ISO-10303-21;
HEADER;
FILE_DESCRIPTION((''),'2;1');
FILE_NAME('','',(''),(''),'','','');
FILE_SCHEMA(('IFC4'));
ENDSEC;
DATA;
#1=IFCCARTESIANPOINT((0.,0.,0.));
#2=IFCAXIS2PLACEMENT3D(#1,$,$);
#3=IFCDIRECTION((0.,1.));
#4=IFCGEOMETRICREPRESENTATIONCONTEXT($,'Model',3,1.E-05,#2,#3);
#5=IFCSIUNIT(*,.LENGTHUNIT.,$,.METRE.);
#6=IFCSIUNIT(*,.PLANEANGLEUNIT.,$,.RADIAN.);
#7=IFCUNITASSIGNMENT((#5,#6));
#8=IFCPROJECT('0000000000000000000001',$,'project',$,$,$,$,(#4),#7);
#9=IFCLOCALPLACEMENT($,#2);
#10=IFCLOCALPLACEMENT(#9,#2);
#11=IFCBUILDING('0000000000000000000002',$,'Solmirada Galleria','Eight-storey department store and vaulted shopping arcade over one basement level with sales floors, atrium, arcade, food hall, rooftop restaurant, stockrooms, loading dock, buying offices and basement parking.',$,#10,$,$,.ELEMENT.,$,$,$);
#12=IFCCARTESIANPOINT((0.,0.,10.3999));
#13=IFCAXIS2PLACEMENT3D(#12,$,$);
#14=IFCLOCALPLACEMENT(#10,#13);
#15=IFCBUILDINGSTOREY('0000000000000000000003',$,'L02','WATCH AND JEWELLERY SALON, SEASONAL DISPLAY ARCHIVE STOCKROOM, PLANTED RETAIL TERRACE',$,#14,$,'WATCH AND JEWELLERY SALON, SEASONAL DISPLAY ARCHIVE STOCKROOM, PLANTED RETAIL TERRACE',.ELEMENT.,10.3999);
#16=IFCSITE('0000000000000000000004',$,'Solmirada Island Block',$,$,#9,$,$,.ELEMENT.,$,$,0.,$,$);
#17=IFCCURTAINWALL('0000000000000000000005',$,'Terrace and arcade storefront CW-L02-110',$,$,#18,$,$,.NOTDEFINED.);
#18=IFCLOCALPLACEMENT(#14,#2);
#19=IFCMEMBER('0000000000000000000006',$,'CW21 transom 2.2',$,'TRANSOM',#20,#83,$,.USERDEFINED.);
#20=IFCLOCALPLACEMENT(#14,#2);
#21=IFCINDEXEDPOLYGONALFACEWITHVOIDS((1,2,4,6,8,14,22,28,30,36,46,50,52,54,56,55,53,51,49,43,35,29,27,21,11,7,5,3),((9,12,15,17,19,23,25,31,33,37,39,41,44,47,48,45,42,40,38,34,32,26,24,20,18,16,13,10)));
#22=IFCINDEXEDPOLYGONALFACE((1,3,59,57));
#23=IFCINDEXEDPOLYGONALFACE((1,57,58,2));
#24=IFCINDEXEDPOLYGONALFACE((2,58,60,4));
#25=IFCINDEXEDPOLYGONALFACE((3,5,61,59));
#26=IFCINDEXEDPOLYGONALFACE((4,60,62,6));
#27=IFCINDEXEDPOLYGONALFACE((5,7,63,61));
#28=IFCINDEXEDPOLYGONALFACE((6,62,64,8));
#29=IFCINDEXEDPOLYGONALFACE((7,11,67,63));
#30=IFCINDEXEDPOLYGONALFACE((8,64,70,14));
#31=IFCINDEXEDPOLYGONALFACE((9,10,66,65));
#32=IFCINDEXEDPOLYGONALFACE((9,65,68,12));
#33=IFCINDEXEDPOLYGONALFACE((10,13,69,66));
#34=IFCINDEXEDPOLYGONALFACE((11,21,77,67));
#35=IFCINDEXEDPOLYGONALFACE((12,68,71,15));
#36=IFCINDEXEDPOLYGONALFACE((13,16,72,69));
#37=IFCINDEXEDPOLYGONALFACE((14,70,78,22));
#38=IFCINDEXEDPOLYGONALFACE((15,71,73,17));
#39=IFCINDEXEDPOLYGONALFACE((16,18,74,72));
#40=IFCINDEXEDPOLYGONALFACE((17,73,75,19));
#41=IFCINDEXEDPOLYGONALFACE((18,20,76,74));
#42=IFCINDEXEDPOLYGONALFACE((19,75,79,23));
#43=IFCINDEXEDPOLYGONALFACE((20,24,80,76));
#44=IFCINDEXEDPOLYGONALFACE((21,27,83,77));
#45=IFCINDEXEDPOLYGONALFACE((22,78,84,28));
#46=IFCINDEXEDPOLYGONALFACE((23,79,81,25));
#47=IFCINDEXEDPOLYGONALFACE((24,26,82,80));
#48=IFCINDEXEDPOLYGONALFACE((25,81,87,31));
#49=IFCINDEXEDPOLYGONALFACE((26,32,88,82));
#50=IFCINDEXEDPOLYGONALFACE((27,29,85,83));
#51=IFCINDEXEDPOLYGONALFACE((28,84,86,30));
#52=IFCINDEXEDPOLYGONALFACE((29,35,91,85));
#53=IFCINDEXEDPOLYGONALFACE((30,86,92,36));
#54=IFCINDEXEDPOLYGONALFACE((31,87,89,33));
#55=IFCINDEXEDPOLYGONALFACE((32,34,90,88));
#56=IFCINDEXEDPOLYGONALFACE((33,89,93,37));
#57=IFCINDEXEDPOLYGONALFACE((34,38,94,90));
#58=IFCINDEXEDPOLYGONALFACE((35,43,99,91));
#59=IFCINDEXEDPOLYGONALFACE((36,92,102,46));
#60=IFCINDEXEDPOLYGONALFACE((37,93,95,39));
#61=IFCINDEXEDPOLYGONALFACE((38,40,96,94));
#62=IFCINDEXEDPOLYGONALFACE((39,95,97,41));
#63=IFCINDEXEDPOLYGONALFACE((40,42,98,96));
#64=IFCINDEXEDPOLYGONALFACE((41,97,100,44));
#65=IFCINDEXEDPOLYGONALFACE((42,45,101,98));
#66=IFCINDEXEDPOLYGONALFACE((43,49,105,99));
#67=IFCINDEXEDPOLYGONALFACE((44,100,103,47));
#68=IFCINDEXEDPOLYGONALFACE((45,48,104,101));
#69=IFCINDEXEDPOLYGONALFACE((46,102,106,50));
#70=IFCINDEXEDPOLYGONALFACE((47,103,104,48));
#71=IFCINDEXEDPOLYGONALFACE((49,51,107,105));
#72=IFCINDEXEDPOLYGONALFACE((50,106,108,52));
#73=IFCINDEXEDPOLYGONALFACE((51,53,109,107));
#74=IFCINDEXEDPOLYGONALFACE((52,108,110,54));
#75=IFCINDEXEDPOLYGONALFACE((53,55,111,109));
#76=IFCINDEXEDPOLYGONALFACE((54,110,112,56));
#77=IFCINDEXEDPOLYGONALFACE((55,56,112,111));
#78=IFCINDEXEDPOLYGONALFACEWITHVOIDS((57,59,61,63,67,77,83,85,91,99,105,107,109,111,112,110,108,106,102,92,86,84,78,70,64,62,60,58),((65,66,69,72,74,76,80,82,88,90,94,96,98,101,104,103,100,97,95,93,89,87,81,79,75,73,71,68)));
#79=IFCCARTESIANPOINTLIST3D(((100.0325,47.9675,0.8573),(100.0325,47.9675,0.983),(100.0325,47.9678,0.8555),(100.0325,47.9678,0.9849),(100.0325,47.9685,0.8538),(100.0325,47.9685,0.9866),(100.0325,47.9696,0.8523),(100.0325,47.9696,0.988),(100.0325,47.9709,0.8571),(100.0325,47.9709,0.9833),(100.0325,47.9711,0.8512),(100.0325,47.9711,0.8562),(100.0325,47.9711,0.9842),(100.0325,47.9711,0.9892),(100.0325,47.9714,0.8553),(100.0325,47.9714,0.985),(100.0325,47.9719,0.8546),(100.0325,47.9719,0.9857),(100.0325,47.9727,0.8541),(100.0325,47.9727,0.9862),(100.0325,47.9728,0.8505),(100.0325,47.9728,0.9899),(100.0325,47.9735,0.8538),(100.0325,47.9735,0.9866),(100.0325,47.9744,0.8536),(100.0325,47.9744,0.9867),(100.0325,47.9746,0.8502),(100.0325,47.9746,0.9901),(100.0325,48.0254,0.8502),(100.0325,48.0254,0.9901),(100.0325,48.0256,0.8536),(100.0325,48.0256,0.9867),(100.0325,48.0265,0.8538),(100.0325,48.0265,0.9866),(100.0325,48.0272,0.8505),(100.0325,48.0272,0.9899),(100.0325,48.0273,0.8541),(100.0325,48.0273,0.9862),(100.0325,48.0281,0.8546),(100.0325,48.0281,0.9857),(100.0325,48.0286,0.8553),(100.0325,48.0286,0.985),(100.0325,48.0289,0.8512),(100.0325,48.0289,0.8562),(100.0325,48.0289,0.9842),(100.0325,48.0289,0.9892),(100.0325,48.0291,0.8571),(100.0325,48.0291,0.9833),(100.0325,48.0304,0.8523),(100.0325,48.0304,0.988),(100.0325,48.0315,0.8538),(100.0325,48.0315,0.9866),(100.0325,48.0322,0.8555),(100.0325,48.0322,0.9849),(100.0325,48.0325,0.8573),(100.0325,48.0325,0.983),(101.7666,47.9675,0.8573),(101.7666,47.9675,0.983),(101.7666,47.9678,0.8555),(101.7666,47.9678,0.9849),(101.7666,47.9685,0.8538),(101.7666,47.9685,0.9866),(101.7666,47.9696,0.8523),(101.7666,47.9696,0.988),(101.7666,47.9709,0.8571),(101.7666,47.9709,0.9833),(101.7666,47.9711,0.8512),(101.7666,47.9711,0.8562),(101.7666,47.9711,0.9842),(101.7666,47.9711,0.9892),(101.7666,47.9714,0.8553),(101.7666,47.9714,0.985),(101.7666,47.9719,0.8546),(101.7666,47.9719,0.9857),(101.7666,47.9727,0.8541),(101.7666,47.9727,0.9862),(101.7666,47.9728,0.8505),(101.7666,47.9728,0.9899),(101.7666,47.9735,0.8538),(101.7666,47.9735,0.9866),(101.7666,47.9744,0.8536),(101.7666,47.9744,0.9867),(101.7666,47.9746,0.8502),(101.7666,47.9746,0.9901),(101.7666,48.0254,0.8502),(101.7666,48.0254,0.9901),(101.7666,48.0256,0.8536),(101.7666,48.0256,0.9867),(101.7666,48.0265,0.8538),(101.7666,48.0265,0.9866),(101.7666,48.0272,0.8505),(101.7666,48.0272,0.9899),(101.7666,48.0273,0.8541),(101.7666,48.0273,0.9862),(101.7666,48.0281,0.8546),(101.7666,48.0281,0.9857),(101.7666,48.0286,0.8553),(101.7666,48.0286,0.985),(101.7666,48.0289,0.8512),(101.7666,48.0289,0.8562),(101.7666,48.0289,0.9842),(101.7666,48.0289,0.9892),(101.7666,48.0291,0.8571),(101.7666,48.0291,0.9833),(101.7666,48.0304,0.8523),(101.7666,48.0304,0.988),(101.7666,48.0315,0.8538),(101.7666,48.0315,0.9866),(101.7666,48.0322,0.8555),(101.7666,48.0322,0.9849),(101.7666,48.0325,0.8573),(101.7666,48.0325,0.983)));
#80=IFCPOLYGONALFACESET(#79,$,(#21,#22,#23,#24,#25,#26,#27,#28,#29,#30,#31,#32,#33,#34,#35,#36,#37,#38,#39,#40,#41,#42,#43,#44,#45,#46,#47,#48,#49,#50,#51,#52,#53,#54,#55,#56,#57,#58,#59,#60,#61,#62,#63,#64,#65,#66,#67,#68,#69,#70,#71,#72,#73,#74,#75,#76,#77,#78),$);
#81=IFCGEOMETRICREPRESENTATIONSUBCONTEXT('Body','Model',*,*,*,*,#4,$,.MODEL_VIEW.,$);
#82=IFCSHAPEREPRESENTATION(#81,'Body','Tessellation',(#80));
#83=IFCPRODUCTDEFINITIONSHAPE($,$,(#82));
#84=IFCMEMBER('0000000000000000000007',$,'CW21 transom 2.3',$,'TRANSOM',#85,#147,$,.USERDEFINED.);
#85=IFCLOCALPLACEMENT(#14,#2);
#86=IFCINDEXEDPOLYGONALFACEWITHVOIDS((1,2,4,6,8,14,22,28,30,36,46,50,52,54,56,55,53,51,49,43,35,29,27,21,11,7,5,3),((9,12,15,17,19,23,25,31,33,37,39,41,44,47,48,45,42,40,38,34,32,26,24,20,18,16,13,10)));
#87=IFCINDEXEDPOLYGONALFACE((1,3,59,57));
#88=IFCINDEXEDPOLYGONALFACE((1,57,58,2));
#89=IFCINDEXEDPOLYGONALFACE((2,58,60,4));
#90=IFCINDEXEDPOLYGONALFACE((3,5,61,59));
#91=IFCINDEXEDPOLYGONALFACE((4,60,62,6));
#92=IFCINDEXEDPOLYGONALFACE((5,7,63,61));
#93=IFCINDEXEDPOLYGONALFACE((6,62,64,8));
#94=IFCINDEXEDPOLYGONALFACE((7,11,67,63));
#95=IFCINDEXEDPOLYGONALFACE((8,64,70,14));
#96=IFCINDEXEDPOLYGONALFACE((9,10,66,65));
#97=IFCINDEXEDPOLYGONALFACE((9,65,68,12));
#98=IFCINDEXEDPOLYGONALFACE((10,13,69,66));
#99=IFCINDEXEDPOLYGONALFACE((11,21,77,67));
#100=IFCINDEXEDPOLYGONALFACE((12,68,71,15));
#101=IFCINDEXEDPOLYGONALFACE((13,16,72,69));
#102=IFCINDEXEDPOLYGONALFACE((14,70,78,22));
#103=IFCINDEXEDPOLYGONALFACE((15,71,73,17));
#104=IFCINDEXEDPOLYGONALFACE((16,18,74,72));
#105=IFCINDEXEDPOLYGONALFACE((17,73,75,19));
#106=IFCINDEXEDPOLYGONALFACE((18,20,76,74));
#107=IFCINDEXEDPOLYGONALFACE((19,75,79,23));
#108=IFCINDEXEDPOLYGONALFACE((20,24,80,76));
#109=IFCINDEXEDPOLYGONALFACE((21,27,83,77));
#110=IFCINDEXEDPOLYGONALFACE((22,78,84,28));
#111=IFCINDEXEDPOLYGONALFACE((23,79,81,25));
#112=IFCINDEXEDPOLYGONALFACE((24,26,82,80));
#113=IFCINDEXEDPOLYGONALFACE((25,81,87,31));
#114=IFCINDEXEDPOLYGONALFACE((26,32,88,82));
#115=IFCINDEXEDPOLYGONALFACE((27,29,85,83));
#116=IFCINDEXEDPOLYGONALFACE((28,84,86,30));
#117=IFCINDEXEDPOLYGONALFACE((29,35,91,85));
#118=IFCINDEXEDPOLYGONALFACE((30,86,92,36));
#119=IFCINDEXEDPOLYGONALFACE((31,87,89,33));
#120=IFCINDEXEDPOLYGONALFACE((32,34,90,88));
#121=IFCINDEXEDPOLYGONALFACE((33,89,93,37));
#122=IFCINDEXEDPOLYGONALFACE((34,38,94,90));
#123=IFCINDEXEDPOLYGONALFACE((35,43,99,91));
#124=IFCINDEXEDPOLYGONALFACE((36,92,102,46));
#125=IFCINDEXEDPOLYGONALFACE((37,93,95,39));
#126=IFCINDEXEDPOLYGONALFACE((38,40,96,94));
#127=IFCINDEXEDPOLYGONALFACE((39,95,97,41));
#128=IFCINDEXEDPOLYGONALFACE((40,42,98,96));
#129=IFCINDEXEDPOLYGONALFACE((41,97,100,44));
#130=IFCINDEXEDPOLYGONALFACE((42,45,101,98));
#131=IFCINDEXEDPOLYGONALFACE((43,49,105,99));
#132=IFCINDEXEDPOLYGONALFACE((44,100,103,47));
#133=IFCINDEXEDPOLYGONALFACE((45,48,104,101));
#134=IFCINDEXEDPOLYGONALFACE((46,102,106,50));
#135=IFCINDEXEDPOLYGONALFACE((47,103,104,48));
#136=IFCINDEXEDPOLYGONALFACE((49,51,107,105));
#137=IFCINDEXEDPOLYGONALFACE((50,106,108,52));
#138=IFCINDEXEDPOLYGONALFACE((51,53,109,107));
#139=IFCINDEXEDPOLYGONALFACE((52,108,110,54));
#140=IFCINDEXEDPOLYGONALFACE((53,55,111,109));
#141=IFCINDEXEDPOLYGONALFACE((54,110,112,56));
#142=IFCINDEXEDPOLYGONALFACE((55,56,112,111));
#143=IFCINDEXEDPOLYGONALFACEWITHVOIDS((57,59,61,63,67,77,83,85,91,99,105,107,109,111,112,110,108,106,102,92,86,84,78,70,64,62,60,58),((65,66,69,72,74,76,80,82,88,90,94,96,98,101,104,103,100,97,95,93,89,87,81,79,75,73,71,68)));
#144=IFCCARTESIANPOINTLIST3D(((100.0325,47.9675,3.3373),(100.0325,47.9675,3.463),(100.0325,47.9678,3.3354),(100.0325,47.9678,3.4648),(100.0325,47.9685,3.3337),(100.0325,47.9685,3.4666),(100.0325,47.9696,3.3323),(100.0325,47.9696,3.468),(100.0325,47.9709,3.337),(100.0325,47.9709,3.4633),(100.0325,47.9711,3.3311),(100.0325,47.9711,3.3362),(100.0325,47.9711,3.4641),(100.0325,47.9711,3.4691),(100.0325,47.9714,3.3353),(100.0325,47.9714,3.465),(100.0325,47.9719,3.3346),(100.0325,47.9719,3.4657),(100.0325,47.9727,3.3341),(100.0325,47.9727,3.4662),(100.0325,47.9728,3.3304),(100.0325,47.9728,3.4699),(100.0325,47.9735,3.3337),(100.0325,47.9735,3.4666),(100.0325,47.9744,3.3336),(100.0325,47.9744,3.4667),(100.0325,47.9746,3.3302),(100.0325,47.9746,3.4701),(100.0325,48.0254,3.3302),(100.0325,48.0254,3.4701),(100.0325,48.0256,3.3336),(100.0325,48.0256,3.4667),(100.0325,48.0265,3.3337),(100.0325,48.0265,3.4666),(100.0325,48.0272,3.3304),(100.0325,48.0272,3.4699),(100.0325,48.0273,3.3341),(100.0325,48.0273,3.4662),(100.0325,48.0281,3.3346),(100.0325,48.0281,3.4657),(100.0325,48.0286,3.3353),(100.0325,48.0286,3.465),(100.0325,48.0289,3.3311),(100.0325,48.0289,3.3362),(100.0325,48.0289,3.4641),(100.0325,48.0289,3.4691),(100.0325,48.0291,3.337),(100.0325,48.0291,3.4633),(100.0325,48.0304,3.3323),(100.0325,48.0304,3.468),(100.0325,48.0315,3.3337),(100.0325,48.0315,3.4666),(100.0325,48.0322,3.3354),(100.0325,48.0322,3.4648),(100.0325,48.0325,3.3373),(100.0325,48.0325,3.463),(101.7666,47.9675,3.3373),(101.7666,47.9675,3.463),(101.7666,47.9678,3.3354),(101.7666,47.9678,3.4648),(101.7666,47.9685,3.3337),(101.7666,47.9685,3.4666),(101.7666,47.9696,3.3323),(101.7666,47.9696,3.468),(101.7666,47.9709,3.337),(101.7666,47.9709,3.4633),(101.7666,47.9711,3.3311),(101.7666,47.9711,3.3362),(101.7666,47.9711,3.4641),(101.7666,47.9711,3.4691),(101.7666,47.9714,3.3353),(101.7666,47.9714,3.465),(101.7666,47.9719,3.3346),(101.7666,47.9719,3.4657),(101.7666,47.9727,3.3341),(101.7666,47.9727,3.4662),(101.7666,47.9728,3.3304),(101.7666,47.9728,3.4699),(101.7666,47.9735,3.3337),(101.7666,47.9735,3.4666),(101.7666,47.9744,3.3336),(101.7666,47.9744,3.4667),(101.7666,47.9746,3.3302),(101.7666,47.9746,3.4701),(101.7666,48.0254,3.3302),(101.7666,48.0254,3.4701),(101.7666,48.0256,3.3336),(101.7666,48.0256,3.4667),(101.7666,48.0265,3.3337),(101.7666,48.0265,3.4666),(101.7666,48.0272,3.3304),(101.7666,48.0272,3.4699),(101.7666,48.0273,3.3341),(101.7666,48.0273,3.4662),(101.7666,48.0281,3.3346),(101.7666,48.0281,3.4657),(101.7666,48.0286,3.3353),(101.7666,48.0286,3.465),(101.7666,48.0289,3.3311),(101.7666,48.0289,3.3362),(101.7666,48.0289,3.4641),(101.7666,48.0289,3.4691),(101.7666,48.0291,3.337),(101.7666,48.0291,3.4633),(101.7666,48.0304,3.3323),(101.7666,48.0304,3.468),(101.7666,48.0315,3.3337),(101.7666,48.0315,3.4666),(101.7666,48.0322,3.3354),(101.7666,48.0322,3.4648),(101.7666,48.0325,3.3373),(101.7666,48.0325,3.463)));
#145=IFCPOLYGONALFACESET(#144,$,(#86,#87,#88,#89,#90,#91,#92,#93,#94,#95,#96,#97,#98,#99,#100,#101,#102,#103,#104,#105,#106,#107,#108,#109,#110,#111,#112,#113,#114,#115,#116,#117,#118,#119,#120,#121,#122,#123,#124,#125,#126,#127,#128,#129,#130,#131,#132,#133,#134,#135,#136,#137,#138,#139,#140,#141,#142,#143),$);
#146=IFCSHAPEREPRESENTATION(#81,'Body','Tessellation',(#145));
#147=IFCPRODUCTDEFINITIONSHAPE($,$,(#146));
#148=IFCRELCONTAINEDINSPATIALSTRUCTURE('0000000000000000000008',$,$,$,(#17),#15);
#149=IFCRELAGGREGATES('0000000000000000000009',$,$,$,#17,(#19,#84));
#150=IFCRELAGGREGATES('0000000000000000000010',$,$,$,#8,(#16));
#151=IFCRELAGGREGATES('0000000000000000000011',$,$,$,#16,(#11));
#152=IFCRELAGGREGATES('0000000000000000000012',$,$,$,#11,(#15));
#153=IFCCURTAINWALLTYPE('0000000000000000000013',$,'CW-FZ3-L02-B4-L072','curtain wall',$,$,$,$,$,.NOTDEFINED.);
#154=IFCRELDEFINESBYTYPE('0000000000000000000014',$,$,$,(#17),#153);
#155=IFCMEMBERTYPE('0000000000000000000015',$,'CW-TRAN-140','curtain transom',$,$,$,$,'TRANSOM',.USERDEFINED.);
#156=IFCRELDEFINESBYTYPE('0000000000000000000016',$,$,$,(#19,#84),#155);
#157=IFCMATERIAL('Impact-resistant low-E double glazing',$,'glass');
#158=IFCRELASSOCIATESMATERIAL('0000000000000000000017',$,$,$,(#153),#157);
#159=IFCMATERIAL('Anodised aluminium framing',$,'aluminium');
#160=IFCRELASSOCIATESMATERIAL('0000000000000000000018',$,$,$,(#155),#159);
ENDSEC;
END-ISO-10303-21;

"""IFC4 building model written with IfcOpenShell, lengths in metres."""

from ifc_helpers import new_model, si_unit, direction, frame, origin, origin_2d, place, context, subcontext, project, spatial, hollow_rectangle, extrude, material, material_profile, profile_set, type_object, element, aggregate, save


model = new_model("IFC4")

# Units and contexts
model_context = context("Model", 3, precision=1e-05, world=origin(), true_north=direction((0.0, 1.0)))
body_context = subcontext(model_context, "Body", "Model", "MODEL_VIEW")
ifc_project = project(units=[si_unit("LENGTHUNIT", "METRE"), si_unit("PLANEANGLEUNIT", "RADIAN")], contexts=[model_context])

# Site, building, storey
site_placement = place(None, origin())
site = spatial("IfcSite", under=ifc_project, at=site_placement, Name="Solmirada Island Block", CompositionType="ELEMENT", RefElevation=0.0)
building_placement = place(site_placement, origin())
building = spatial("IfcBuilding", under=site, at=building_placement, Name="Solmirada Galleria", Description="Eight-storey department store and vaulted shopping arcade over one basement level with sales floors, atrium, arcade, food hall, rooftop restaurant, stockrooms, loading dock, buying offices and basement parking.", CompositionType="ELEMENT")
storey_placement = place(building_placement, frame((0.0, 0.0, 10.3999)))
storey = spatial("IfcBuildingStorey", under=building, at=storey_placement, Name="L02", Description="WATCH AND JEWELLERY SALON, SEASONAL DISPLAY ARCHIVE STOCKROOM, PLANTED RETAIL TERRACE", LongName="WATCH AND JEWELLERY SALON, SEASONAL DISPLAY ARCHIVE STOCKROOM, PLANTED RETAIL TERRACE", CompositionType="ELEMENT", Elevation=10.3999)

# Curtain wall
ifc_material_1 = material(Name="Impact-resistant low-E double glazing", Category="glass")
curtain_wall_type = type_object("IfcCurtainWallType", Name="CW-FZ3-L02-B4-L072", Description="curtain wall", PredefinedType="NOTDEFINED", material=ifc_material_1)
ifc_material_2 = material(Name="Anodised aluminium framing", Category="aluminium")
curtain_wall_1_placement = place(storey_placement, origin())
curtain_wall_1 = element("IfcCurtainWall", 1, at=curtain_wall_1_placement, inside=storey, type_object=curtain_wall_type, Name="Terrace and arcade storefront CW-L02-110", PredefinedType="NOTDEFINED")

# Members
ifc_material_profile_1 = material_profile(ifc_material_2, hollow_rectangle(XDim=0.0649, YDim=0.1399, WallThickness=0.0034, InnerFilletRadius=0.0034, OuterFilletRadius=0.0071, at=origin_2d()), Name="ALU-TRAN-140X65")
ifc_profile_set_1 = profile_set([ifc_material_profile_1], Name="Anodised aluminium framing")
member_type_1 = type_object("IfcMemberType", Name="CW-TRAN-140", Description="curtain transom", ElementType="TRANSOM", PredefinedType="USERDEFINED", material=ifc_profile_set_1)
member_1_placement = place(storey_placement, frame((101.7666, 48.0, 0.9202), z_axis=(-1.0, 0.0, 0.0), x_axis=(0.0, -1.0, 0.0)))
member_1 = element("IfcMember", 2, at=member_1_placement, type_object=member_type_1, Name="CW21 transom 2.2", ObjectType="TRANSOM", PredefinedType="USERDEFINED", context=body_context, shape_type="SweptSolid", body=[
    extrude(hollow_rectangle(XDim=0.0649, YDim=0.1399, WallThickness=0.0034, InnerFilletRadius=0.0034, OuterFilletRadius=0.0071, at=origin_2d()), origin(), (0.0, 0.0, 1.0), 1.7341),
])
member_2_placement = place(storey_placement, frame((101.7666, 48.0, 3.4001), z_axis=(-1.0, 0.0, 0.0), x_axis=(0.0, -1.0, 0.0)))
member_2 = element("IfcMember", 3, at=member_2_placement, type_object=member_type_1, Name="CW21 transom 2.3", ObjectType="TRANSOM", PredefinedType="USERDEFINED", context=body_context, shape_type="SweptSolid", body=[
    extrude(hollow_rectangle(XDim=0.0649, YDim=0.1399, WallThickness=0.0034, InnerFilletRadius=0.0034, OuterFilletRadius=0.0071, at=origin_2d()), origin(), (0.0, 0.0, 1.0), 1.7341),
])

aggregate(curtain_wall_1, [member_1, member_2])

save(model, "model.ifc")
